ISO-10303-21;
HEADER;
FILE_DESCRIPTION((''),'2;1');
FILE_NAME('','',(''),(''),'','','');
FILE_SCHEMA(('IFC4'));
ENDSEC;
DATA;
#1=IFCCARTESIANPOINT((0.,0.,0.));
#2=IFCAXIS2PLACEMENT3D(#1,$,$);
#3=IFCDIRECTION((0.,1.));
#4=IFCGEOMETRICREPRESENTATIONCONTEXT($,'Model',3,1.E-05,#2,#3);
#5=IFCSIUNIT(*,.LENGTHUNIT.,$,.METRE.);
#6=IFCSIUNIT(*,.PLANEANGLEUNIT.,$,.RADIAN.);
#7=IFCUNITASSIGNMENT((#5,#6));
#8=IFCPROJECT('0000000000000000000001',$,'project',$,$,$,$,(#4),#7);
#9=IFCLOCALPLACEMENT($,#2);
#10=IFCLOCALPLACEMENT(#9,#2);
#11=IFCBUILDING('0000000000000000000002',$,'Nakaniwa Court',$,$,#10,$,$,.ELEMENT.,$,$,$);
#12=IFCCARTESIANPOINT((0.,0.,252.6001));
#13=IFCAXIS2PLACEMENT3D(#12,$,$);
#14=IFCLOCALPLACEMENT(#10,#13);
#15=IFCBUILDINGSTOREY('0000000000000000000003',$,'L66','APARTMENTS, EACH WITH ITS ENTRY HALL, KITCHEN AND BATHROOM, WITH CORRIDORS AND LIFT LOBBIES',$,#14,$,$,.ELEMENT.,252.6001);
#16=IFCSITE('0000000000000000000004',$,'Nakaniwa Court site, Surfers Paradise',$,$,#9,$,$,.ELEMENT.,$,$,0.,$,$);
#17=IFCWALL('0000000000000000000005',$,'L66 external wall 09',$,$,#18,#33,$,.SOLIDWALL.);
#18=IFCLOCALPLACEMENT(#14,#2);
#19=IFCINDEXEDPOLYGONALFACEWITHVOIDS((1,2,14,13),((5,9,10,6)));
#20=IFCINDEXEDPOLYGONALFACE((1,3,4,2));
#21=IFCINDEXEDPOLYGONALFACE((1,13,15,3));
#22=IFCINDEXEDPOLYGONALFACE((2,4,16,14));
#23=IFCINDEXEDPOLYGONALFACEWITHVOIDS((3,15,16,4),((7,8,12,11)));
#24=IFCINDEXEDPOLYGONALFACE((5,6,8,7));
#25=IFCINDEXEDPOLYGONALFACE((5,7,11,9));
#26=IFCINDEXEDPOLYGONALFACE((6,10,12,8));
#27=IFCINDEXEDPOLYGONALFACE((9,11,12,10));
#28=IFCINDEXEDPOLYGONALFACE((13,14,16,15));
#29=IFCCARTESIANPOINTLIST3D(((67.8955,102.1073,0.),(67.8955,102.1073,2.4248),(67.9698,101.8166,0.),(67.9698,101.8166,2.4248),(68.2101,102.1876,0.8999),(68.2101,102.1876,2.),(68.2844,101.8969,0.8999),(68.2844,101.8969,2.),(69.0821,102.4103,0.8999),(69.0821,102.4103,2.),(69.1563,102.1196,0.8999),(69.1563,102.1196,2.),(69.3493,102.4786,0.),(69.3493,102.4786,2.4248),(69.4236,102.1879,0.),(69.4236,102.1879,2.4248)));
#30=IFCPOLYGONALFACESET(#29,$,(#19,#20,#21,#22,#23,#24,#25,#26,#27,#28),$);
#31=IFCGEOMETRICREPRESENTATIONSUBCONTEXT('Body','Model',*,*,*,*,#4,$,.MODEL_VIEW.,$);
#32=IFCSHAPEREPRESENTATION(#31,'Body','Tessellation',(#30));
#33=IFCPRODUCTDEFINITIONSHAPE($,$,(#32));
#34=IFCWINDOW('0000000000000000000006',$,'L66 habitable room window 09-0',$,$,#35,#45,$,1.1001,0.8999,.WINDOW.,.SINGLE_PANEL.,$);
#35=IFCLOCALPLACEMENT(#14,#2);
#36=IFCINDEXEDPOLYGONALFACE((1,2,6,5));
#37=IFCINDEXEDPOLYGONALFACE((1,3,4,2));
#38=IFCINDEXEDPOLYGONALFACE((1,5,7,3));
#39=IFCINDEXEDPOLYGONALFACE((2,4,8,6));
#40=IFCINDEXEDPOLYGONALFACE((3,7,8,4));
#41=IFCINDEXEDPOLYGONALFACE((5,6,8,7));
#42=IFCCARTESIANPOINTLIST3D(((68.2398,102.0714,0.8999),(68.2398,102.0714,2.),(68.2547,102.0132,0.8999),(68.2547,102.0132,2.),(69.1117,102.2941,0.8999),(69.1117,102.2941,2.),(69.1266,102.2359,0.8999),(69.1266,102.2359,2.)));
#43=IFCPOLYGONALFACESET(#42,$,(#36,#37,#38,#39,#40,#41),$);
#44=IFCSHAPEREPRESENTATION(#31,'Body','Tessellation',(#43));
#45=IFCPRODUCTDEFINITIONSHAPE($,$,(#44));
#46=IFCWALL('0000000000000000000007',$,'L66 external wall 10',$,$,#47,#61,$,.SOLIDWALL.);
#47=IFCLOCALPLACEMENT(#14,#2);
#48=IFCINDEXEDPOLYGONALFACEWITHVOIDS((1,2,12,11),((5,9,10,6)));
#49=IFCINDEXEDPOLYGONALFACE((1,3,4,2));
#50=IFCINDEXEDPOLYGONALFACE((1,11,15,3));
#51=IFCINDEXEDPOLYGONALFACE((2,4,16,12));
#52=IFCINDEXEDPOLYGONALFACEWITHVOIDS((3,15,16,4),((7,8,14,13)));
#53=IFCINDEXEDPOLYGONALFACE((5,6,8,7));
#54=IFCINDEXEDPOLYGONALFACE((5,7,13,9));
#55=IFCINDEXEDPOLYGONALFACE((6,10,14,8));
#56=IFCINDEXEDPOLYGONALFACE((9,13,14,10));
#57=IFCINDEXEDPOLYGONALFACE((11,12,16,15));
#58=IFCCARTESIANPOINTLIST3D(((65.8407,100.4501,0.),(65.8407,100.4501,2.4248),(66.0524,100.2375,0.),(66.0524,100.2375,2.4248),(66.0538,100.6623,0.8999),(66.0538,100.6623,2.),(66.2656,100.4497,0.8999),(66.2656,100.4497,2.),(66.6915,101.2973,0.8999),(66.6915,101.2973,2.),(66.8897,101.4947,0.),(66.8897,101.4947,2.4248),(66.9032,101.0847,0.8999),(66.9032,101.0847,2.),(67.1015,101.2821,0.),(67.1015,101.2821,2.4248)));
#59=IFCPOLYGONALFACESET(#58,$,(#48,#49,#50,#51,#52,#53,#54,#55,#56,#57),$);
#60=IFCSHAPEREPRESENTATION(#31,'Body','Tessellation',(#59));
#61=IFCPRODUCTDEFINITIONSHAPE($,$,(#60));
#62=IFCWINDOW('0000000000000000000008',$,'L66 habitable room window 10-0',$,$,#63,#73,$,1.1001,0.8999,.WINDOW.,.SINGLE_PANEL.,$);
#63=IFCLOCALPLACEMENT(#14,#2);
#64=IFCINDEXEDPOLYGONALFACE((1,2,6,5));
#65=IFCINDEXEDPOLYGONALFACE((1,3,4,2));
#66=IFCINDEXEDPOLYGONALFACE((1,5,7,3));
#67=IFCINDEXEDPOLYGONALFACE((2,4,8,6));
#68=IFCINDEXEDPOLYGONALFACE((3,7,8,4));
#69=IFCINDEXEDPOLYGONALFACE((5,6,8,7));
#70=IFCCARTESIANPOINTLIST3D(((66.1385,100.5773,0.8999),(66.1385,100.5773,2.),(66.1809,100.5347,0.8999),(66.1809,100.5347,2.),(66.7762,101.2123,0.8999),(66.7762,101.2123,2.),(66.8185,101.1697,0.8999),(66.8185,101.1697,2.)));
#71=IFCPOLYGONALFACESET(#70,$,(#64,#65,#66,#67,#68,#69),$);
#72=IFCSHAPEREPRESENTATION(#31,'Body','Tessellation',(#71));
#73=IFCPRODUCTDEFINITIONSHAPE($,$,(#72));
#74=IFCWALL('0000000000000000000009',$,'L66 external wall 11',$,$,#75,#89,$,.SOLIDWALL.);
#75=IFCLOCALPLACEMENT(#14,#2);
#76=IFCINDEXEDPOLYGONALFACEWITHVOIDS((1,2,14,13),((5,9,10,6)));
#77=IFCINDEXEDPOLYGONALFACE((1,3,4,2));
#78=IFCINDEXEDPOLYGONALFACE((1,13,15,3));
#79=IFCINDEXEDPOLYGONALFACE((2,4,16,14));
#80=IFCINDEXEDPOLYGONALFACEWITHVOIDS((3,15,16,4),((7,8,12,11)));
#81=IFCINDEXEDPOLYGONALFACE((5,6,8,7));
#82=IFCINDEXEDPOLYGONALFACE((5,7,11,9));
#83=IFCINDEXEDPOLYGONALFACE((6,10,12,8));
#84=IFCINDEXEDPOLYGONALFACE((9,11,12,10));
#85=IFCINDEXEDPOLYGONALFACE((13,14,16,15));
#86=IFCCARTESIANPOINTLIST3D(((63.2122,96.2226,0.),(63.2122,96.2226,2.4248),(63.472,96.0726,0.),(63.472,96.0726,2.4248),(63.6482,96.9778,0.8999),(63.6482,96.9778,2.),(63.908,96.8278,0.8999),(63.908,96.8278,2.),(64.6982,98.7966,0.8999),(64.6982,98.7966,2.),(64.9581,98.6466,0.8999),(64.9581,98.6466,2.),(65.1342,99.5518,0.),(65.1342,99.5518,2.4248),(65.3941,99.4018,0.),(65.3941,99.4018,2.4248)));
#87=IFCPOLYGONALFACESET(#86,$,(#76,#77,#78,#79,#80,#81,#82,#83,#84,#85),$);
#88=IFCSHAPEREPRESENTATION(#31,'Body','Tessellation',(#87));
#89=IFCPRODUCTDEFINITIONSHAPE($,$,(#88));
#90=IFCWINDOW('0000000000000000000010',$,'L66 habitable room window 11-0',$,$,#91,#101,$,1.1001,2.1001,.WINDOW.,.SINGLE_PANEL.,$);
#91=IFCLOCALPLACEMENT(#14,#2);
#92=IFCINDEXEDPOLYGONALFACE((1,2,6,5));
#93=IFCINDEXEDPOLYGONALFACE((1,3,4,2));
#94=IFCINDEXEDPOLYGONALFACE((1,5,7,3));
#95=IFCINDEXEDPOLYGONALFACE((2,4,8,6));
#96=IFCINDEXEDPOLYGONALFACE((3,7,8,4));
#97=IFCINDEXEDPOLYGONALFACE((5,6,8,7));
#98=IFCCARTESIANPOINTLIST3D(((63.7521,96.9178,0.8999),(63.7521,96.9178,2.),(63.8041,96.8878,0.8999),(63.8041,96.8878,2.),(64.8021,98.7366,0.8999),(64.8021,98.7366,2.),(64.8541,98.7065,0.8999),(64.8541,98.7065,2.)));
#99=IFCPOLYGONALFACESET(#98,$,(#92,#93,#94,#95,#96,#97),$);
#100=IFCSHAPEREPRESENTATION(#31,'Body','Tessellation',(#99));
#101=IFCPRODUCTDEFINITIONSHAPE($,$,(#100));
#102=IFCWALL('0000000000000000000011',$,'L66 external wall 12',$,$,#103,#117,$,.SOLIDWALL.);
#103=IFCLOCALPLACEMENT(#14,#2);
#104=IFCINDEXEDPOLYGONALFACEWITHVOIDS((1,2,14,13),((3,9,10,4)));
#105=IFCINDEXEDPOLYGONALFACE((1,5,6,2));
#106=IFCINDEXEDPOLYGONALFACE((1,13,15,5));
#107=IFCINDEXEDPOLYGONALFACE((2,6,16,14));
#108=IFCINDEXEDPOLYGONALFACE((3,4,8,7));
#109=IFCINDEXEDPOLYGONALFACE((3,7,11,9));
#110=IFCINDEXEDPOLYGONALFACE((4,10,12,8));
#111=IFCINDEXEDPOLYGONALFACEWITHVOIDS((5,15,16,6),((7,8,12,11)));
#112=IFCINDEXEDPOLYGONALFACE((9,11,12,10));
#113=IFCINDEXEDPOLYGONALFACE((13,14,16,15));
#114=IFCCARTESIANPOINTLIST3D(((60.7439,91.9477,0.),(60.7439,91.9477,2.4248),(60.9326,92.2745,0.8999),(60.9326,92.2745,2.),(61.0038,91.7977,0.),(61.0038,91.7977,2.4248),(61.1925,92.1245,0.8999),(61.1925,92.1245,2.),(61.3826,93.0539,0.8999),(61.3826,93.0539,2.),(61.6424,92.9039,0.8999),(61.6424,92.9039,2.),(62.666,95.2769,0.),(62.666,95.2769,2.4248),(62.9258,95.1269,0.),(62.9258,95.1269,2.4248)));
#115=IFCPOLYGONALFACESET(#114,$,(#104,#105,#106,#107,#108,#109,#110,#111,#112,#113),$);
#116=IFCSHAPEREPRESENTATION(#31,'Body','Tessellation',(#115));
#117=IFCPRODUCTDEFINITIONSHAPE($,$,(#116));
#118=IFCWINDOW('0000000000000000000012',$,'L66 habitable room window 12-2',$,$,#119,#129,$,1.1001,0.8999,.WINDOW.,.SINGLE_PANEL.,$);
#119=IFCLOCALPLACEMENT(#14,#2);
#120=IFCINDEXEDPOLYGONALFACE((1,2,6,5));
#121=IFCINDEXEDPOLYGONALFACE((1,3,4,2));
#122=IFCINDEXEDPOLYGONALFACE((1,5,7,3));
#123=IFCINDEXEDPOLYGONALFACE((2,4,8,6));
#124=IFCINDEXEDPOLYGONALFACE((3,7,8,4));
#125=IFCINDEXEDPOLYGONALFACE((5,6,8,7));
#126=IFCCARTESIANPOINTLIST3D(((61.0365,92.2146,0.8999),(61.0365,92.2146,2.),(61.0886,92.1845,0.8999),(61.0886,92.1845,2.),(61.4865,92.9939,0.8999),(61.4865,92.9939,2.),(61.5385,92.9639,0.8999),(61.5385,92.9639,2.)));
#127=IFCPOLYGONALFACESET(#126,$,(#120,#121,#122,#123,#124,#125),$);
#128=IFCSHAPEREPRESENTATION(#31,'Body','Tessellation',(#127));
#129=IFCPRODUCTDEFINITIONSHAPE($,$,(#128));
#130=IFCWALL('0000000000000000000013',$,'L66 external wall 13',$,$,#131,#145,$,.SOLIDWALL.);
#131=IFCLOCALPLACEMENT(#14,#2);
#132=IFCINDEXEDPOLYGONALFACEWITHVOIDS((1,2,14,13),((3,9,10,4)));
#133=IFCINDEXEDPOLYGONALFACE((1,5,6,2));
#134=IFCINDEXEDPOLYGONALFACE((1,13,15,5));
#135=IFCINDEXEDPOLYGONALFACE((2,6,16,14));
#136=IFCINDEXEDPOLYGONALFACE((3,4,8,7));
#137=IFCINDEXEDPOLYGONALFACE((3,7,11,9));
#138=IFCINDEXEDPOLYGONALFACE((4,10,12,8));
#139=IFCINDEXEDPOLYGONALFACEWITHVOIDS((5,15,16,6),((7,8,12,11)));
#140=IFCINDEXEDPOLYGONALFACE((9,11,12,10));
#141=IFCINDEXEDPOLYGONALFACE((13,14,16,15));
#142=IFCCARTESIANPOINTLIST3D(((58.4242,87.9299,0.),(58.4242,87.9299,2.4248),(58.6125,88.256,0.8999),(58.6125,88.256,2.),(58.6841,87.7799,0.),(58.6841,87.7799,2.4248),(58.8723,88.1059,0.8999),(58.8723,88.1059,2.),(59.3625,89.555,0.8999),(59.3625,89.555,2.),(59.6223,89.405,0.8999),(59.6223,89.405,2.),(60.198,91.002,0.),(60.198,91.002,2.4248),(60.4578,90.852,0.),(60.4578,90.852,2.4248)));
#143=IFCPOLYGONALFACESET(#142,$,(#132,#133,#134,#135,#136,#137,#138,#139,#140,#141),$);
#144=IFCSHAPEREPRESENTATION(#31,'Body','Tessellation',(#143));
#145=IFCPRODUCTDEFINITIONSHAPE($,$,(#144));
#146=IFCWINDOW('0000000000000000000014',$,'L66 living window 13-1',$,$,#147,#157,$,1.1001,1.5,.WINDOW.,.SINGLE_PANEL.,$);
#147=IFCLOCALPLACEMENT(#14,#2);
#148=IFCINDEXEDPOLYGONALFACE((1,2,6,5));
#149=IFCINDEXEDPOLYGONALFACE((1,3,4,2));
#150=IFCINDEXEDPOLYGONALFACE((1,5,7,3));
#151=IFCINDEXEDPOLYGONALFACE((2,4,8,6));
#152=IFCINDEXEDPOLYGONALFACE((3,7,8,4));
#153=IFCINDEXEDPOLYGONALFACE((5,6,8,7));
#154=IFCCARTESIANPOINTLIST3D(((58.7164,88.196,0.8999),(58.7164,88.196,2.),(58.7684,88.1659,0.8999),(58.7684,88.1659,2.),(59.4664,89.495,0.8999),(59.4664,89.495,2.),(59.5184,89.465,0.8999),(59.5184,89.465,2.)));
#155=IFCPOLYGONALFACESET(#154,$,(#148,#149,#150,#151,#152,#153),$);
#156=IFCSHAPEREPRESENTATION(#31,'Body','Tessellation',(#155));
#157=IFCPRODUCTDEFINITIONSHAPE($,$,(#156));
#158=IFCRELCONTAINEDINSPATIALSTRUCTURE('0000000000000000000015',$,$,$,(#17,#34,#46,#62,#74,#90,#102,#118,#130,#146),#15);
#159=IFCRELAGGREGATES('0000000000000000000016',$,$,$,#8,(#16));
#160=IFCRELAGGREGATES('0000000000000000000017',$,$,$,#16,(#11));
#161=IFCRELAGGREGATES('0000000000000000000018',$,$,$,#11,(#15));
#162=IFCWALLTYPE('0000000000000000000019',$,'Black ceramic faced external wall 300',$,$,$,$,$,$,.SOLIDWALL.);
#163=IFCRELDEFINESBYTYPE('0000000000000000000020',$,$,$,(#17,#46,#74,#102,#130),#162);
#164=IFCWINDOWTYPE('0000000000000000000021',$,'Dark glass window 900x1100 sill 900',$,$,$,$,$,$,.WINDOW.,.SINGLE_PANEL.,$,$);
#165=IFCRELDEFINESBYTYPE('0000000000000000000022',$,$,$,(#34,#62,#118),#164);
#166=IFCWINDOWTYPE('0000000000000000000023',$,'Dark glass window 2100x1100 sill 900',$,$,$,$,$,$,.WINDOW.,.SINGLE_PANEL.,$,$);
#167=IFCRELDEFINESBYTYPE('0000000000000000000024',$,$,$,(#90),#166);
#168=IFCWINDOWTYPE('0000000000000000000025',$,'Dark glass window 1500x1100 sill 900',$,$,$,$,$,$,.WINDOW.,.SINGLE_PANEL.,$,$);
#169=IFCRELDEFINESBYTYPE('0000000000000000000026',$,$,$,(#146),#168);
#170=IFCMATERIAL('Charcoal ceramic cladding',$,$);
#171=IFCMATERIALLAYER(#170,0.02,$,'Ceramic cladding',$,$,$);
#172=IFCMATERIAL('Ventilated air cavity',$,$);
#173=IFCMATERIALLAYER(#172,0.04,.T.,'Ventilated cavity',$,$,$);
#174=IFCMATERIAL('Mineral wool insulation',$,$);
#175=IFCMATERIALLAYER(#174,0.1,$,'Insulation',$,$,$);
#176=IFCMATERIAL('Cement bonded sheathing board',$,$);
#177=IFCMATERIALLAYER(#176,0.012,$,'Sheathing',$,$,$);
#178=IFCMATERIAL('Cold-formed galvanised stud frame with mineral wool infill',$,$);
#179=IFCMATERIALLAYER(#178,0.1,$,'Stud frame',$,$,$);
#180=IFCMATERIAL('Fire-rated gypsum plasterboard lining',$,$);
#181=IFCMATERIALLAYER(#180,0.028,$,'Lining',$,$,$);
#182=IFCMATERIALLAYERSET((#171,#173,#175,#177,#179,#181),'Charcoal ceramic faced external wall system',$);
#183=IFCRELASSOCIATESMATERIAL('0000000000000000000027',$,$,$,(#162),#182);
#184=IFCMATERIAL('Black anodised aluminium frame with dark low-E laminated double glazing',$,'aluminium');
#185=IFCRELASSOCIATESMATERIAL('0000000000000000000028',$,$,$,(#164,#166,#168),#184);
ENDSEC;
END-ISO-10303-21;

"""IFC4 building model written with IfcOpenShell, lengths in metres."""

from ifc_helpers import new_model, si_unit, direction, frame, frame_2d, origin, place, context, subcontext, project, spatial, rectangle, extrude, material, layer, layer_set, type_object, element, fill, save


model = new_model("IFC4")

# Units and contexts
model_context = context("Model", 3, precision=1e-05, world=origin(), true_north=direction((0.0, 1.0)))
body_context = subcontext(model_context, "Body", "Model", "MODEL_VIEW")
ifc_project = project(units=[si_unit("LENGTHUNIT", "METRE"), si_unit("PLANEANGLEUNIT", "RADIAN")], contexts=[model_context])

# Site, building, storey
site_placement = place(None, origin())
site = spatial("IfcSite", under=ifc_project, at=site_placement, Name="Nakaniwa Court site, Surfers Paradise", CompositionType="ELEMENT", RefElevation=0.0)
building_placement = place(site_placement, origin())
building = spatial("IfcBuilding", under=site, at=building_placement, Name="Nakaniwa Court", CompositionType="ELEMENT")
storey_placement = place(building_placement, frame((0.0, 0.0, 252.6001)))
storey = spatial("IfcBuildingStorey", under=building, at=storey_placement, Name="L66", Description="APARTMENTS, EACH WITH ITS ENTRY HALL, KITCHEN AND BATHROOM, WITH CORRIDORS AND LIFT LOBBIES", CompositionType="ELEMENT", Elevation=252.6001)

# Walls, openings, windows
ifc_material_1 = material(Name="Charcoal ceramic cladding")
ifc_layer_1 = layer(ifc_material_1, 0.02, Name="Ceramic cladding")
ifc_material_2 = material(Name="Ventilated air cavity")
ifc_layer_2 = layer(ifc_material_2, 0.04, ventilated=True, Name="Ventilated cavity")
ifc_material_3 = material(Name="Mineral wool insulation")
ifc_layer_3 = layer(ifc_material_3, 0.1, Name="Insulation")
ifc_material_4 = material(Name="Cement bonded sheathing board")
ifc_layer_4 = layer(ifc_material_4, 0.012, Name="Sheathing")
ifc_material_5 = material(Name="Cold-formed galvanised stud frame with mineral wool infill")
ifc_layer_5 = layer(ifc_material_5, 0.1, Name="Stud frame")
ifc_material_6 = material(Name="Fire-rated gypsum plasterboard lining")
ifc_layer_6 = layer(ifc_material_6, 0.028, Name="Lining")
ifc_layer_set_1 = layer_set([ifc_layer_1, ifc_layer_2, ifc_layer_3, ifc_layer_4, ifc_layer_5, ifc_layer_6], Name="Charcoal ceramic faced external wall system")
wall_type_1 = type_object("IfcWallType", Name="Black ceramic faced external wall 300", PredefinedType="SOLIDWALL", material=ifc_layer_set_1)
wall_1_placement = place(storey_placement, frame((69.3865, 102.3333, 0.0), z_axis=(0.0, 0.0, 1.0), x_axis=(-0.968895, -0.247471, 0.0)))
wall_1 = element("IfcWall", 1, at=wall_1_placement, inside=storey, type_object=wall_type_1, Name="L66 external wall 09", PredefinedType="SOLIDWALL", context=body_context, shape_type="SweptSolid", body=[
    extrude(rectangle(XDim=1.5005, YDim=0.3, at=frame_2d((0.7502, 0.0))), origin(), (0.0, 0.0, 1.0), 2.4248),
])
opening_1_placement = place(wall_1_placement, frame((0.2759, 0.0, 0.8999)))
opening_1 = element("IfcOpeningElement", 2, at=opening_1_placement, cuts=wall_1, PredefinedType="OPENING", context=body_context, shape_type="SweptSolid", body=[
    extrude(rectangle(XDim=0.8999, YDim=1.1001, at=frame_2d((0.45, 0.55))), frame((0.0, 0.1599, 0.0), z_axis=(0.0, -1.0, 0.0), x_axis=(1.0, 0.0, 0.0)), (0.0, 0.0, 1.0), 0.3201),
])
ifc_material_7 = material(Name="Black anodised aluminium frame with dark low-E laminated double glazing", Category="aluminium")
window_type_1 = type_object("IfcWindowType", Name="Dark glass window 900x1100 sill 900", PartitioningType="SINGLE_PANEL", PredefinedType="WINDOW", material=ifc_material_7)
window_1_placement = place(opening_1_placement, origin())
window_1 = element("IfcWindow", 3, at=window_1_placement, inside=storey, type_object=window_type_1, Name="L66 habitable room window 09-0", OverallHeight=1.1001, OverallWidth=0.8999, PartitioningType="SINGLE_PANEL", PredefinedType="WINDOW", context=body_context, shape_type="SweptSolid", body=[
    extrude(rectangle(XDim=0.8999, YDim=1.1001, at=frame_2d((0.45, 0.55))), frame((0.0, 0.03, 0.0), z_axis=(0.0, -1.0, 0.0), x_axis=(1.0, 0.0, 0.0)), (0.0, 0.0, 1.0), 0.0601),
])
fill(opening_1, window_1)
wall_2_placement = place(storey_placement, frame((66.9956, 101.3884, 0.0), z_axis=(0.0, 0.0, 1.0), x_axis=(-0.708589, -0.705621, 0.0)))
wall_2 = element("IfcWall", 4, at=wall_2_placement, inside=storey, type_object=wall_type_1, Name="L66 external wall 10", PredefinedType="SOLIDWALL", context=body_context, shape_type="SweptSolid", body=[
    extrude(rectangle(XDim=1.4805, YDim=0.3, at=frame_2d((0.7402, 0.0))), origin(), (0.0, 0.0, 1.0), 2.4248),
])
opening_2_placement = place(wall_2_placement, frame((0.2798, 0.0, 0.8999)))
opening_2 = element("IfcOpeningElement", 5, at=opening_2_placement, cuts=wall_2, PredefinedType="OPENING", context=body_context, shape_type="SweptSolid", body=[
    extrude(rectangle(XDim=0.8999, YDim=1.1001, at=frame_2d((0.45, 0.55))), frame((0.0, 0.1599, 0.0), z_axis=(0.0, -1.0, 0.0), x_axis=(1.0, 0.0, 0.0)), (0.0, 0.0, 1.0), 0.3201),
])
window_2_placement = place(opening_2_placement, origin())
window_2 = element("IfcWindow", 6, at=window_2_placement, inside=storey, type_object=window_type_1, Name="L66 habitable room window 10-0", OverallHeight=1.1001, OverallWidth=0.8999, PartitioningType="SINGLE_PANEL", PredefinedType="WINDOW", context=body_context, shape_type="SweptSolid", body=[
    extrude(rectangle(XDim=0.8999, YDim=1.1001, at=frame_2d((0.45, 0.55))), frame((0.0, 0.03, 0.0), z_axis=(0.0, -1.0, 0.0), x_axis=(1.0, 0.0, 0.0)), (0.0, 0.0, 1.0), 0.0601),
])
fill(opening_2, window_2)
wall_3_placement = place(storey_placement, frame((65.2642, 99.4768, 0.0), z_axis=(0.0, 0.0, 1.0), x_axis=(-0.499984, -0.866034, 0.0)))
wall_3 = element("IfcWall", 7, at=wall_3_placement, inside=storey, type_object=wall_type_1, Name="L66 external wall 11", PredefinedType="SOLIDWALL", context=body_context, shape_type="SweptSolid", body=[
    extrude(rectangle(XDim=3.8442, YDim=0.3, at=frame_2d((1.9221, 0.0))), origin(), (0.0, 0.0, 1.0), 2.4248),
])
opening_3_placement = place(wall_3_placement, frame((0.8721, 0.0, 0.8999)))
opening_3 = element("IfcOpeningElement", 8, at=opening_3_placement, cuts=wall_3, PredefinedType="OPENING", context=body_context, shape_type="SweptSolid", body=[
    extrude(rectangle(XDim=2.1001, YDim=1.1001, at=frame_2d((1.05, 0.55))), frame((0.0, 0.1599, 0.0), z_axis=(0.0, -1.0, 0.0), x_axis=(1.0, 0.0, 0.0)), (0.0, 0.0, 1.0), 0.3201),
])
window_type_2 = type_object("IfcWindowType", Name="Dark glass window 2100x1100 sill 900", PartitioningType="SINGLE_PANEL", PredefinedType="WINDOW", material=ifc_material_7)
window_3_placement = place(opening_3_placement, origin())
window_3 = element("IfcWindow", 9, at=window_3_placement, inside=storey, type_object=window_type_2, Name="L66 habitable room window 11-0", OverallHeight=1.1001, OverallWidth=2.1001, PartitioningType="SINGLE_PANEL", PredefinedType="WINDOW", context=body_context, shape_type="SweptSolid", body=[
    extrude(rectangle(XDim=2.1001, YDim=1.1001, at=frame_2d((1.05, 0.55))), frame((0.0, 0.03, 0.0), z_axis=(0.0, -1.0, 0.0), x_axis=(1.0, 0.0, 0.0)), (0.0, 0.0, 1.0), 0.0601),
])
fill(opening_3, window_3)
wall_4_placement = place(storey_placement, frame((62.7959, 95.2019, 0.0), z_axis=(0.0, 0.0, 1.0), x_axis=(-0.499984, -0.866034, 0.0)))
wall_4 = element("IfcWall", 10, at=wall_4_placement, inside=storey, type_object=wall_type_1, Name="L66 external wall 12", PredefinedType="SOLIDWALL", context=body_context, shape_type="SweptSolid", body=[
    extrude(rectangle(XDim=3.8442, YDim=0.3, at=frame_2d((1.9221, 0.0))), origin(), (0.0, 0.0, 1.0), 2.4248),
])
opening_4_placement = place(wall_4_placement, frame((2.5669, 0.0, 0.8999)))
opening_4 = element("IfcOpeningElement", 11, at=opening_4_placement, cuts=wall_4, PredefinedType="OPENING", context=body_context, shape_type="SweptSolid", body=[
    extrude(rectangle(XDim=0.8999, YDim=1.1001, at=frame_2d((0.45, 0.55))), frame((0.0, 0.1599, 0.0), z_axis=(0.0, -1.0, 0.0), x_axis=(1.0, 0.0, 0.0)), (0.0, 0.0, 1.0), 0.3201),
])
window_4_placement = place(opening_4_placement, origin())
window_4 = element("IfcWindow", 12, at=window_4_placement, inside=storey, type_object=window_type_1, Name="L66 habitable room window 12-2", OverallHeight=1.1001, OverallWidth=0.8999, PartitioningType="SINGLE_PANEL", PredefinedType="WINDOW", context=body_context, shape_type="SweptSolid", body=[
    extrude(rectangle(XDim=0.8999, YDim=1.1001, at=frame_2d((0.45, 0.55))), frame((0.0, 0.03, 0.0), z_axis=(0.0, -1.0, 0.0), x_axis=(1.0, 0.0, 0.0)), (0.0, 0.0, 1.0), 0.0601),
])
fill(opening_4, window_4)
wall_5_placement = place(storey_placement, frame((60.3279, 90.927, 0.0), z_axis=(0.0, 0.0, 1.0), x_axis=(-0.50001, -0.866019, 0.0)))
wall_5 = element("IfcWall", 13, at=wall_5_placement, inside=storey, type_object=wall_type_1, Name="L66 external wall 13", PredefinedType="SOLIDWALL", context=body_context, shape_type="SweptSolid", body=[
    extrude(rectangle(XDim=3.5474, YDim=0.3, at=frame_2d((1.7737, 0.0))), origin(), (0.0, 0.0, 1.0), 2.4248),
])
opening_5_placement = place(wall_5_placement, frame((1.6709, 0.0, 0.8999)))
opening_5 = element("IfcOpeningElement", 14, at=opening_5_placement, cuts=wall_5, PredefinedType="OPENING", context=body_context, shape_type="SweptSolid", body=[
    extrude(rectangle(XDim=1.5, YDim=1.1001, at=frame_2d((0.75, 0.55))), frame((0.0, 0.1599, 0.0), z_axis=(0.0, -1.0, 0.0), x_axis=(1.0, 0.0, 0.0)), (0.0, 0.0, 1.0), 0.3201),
])
window_type_3 = type_object("IfcWindowType", Name="Dark glass window 1500x1100 sill 900", PartitioningType="SINGLE_PANEL", PredefinedType="WINDOW", material=ifc_material_7)
window_5_placement = place(opening_5_placement, origin())
window_5 = element("IfcWindow", 15, at=window_5_placement, inside=storey, type_object=window_type_3, Name="L66 living window 13-1", OverallHeight=1.1001, OverallWidth=1.5, PartitioningType="SINGLE_PANEL", PredefinedType="WINDOW", context=body_context, shape_type="SweptSolid", body=[
    extrude(rectangle(XDim=1.5, YDim=1.1001, at=frame_2d((0.75, 0.55))), frame((0.0, 0.03, 0.0), z_axis=(0.0, -1.0, 0.0), x_axis=(1.0, 0.0, 0.0)), (0.0, 0.0, 1.0), 0.0601),
])
fill(opening_5, window_5)

save(model, "model.ifc")
